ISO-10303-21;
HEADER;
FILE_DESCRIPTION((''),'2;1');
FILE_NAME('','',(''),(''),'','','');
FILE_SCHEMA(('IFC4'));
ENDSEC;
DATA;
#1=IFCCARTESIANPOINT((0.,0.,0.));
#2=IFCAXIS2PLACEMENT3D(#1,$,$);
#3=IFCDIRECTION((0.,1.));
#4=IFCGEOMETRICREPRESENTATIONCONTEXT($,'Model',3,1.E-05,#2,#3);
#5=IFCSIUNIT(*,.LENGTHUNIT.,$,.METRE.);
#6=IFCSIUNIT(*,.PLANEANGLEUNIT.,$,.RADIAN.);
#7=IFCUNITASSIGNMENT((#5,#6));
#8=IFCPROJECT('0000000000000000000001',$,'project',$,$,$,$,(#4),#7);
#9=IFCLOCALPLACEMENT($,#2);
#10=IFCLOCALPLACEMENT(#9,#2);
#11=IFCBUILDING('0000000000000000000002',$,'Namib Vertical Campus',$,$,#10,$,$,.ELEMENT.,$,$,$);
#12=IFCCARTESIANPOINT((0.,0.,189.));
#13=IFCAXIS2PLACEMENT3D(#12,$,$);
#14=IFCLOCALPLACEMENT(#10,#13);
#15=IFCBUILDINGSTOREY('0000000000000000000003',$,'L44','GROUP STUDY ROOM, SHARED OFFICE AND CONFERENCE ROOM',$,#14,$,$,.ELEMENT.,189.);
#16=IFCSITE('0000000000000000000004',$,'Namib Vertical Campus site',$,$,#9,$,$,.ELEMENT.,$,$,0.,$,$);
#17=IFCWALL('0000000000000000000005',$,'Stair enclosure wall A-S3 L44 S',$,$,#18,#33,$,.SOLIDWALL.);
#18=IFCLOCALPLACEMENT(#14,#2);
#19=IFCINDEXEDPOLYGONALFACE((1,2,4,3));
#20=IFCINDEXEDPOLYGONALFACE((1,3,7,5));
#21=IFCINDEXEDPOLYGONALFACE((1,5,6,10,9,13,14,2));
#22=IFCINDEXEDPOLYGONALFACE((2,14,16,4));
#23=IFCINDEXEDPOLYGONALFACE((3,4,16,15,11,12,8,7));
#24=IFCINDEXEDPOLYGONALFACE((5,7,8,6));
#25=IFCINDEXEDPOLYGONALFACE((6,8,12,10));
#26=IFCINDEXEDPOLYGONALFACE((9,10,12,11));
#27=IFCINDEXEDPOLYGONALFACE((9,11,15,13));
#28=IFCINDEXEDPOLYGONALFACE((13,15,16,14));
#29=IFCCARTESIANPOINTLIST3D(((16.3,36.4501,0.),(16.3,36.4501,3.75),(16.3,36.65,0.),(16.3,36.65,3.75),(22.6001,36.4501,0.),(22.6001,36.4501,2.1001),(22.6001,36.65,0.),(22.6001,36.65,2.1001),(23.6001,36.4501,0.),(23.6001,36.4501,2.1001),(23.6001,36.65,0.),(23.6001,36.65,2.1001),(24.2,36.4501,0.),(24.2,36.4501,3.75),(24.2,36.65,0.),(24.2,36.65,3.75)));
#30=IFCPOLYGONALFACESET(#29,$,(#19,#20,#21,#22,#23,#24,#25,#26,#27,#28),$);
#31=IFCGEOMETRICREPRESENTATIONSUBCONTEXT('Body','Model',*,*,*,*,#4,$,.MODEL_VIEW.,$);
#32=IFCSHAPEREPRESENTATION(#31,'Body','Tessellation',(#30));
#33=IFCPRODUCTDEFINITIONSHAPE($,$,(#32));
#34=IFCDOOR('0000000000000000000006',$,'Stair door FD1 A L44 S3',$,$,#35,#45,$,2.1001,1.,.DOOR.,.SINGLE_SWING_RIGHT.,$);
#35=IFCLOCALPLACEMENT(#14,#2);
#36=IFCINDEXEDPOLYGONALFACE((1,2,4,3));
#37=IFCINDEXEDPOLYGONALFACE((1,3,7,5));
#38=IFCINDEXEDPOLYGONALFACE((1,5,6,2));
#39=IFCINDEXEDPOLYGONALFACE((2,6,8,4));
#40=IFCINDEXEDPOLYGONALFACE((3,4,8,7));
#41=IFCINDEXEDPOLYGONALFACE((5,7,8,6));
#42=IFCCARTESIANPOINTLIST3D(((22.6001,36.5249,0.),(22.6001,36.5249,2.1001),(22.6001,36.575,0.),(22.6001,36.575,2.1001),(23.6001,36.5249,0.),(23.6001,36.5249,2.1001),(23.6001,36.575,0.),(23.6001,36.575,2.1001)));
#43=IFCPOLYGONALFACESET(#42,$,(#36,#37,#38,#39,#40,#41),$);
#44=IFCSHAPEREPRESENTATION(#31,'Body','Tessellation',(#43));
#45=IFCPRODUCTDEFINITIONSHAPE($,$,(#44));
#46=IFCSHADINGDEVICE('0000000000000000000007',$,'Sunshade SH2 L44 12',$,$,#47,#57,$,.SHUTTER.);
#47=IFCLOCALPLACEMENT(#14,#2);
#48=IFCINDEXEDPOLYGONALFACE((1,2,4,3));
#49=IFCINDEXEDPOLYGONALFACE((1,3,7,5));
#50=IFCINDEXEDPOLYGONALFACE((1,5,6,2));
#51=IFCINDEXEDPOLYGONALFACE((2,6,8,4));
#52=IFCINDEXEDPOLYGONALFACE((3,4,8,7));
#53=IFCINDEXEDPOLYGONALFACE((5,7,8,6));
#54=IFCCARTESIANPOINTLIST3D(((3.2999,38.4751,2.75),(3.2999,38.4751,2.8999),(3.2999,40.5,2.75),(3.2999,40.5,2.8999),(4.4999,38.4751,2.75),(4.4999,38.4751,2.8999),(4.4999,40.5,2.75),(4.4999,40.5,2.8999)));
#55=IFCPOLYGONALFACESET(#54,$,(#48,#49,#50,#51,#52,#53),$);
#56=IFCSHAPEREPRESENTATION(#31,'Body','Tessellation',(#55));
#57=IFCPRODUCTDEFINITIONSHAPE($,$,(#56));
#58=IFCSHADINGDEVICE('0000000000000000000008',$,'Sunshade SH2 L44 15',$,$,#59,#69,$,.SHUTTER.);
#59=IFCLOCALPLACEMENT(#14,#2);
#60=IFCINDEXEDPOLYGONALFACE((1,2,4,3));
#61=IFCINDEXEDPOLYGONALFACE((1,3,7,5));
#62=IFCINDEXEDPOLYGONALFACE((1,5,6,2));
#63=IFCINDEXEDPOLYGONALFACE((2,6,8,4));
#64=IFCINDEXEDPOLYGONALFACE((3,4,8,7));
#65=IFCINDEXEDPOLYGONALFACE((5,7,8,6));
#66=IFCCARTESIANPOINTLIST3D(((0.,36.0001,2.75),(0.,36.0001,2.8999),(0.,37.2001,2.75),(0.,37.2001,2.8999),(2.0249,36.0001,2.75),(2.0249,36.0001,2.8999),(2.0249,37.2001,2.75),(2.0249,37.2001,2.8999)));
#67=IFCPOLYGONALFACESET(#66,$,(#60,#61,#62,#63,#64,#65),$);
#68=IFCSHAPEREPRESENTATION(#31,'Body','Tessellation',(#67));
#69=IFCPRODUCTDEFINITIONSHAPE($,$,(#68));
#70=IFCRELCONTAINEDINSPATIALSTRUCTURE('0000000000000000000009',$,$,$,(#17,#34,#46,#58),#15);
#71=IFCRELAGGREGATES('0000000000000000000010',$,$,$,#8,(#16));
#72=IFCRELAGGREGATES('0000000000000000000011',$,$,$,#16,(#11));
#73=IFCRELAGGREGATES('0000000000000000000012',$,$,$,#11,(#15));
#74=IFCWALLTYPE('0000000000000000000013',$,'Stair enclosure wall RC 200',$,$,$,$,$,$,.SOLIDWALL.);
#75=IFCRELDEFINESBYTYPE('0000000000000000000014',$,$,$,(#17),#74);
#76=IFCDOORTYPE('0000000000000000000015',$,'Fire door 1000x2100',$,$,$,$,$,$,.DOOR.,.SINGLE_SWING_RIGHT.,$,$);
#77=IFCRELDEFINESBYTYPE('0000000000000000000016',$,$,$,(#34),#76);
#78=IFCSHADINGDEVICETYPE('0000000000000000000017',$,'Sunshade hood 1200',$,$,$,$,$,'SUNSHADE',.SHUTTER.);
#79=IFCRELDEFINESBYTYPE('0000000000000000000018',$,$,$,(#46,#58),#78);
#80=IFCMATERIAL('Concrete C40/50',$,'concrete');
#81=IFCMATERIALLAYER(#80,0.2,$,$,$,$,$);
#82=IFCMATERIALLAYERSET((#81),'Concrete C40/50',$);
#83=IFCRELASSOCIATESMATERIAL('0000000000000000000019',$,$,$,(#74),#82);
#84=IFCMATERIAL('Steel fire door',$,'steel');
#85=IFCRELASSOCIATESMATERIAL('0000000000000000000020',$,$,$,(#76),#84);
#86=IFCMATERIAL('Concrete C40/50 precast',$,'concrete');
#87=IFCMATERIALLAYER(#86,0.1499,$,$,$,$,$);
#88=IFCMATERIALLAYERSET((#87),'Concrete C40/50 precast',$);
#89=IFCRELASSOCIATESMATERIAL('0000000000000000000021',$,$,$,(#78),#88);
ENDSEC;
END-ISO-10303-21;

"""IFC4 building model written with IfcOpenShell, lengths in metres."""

from ifc_helpers import new_model, si_unit, direction, frame, frame_2d, origin, origin_2d, place, context, subcontext, project, spatial, rectangle, extrude, material, layer, layer_set, type_object, element, fill, save


model = new_model("IFC4")

# Units and contexts
model_context = context("Model", 3, precision=1e-05, world=origin(), true_north=direction((0.0, 1.0)))
body_context = subcontext(model_context, "Body", "Model", "MODEL_VIEW")
ifc_project = project(units=[si_unit("LENGTHUNIT", "METRE"), si_unit("PLANEANGLEUNIT", "RADIAN")], contexts=[model_context])

# Site, building, storey
site_placement = place(None, origin())
site = spatial("IfcSite", under=ifc_project, at=site_placement, Name="Namib Vertical Campus site", CompositionType="ELEMENT", RefElevation=0.0)
building_placement = place(site_placement, origin())
building = spatial("IfcBuilding", under=site, at=building_placement, Name="Namib Vertical Campus", CompositionType="ELEMENT")
storey_placement = place(building_placement, frame((0.0, 0.0, 189.0)))
storey = spatial("IfcBuildingStorey", under=building, at=storey_placement, Name="L44", Description="GROUP STUDY ROOM, SHARED OFFICE AND CONFERENCE ROOM", CompositionType="ELEMENT", Elevation=189.0)

# Wall, opening, door
ifc_material_1 = material(Name="Concrete C40/50", Category="concrete")
ifc_layer_1 = layer(ifc_material_1, 0.2)
ifc_layer_set_1 = layer_set([ifc_layer_1], Name="Concrete C40/50")
wall_type_1 = type_object("IfcWallType", Name="Stair enclosure wall RC 200", PredefinedType="SOLIDWALL", material=ifc_layer_set_1)
wall_1_placement = place(storey_placement, frame((16.3, 36.55, 0.0), z_axis=(0.0, 0.0, 1.0), x_axis=(1.0, 0.0, 0.0)))
wall_1 = element("IfcWall", 1, at=wall_1_placement, inside=storey, type_object=wall_type_1, Name="Stair enclosure wall A-S3 L44 S", PredefinedType="SOLIDWALL", context=body_context, shape_type="SweptSolid", body=[
    extrude(rectangle(XDim=7.8999, YDim=0.2, at=frame_2d((3.95, 0.0))), origin(), (0.0, 0.0, 1.0), 3.75),
])
opening_1_placement = place(wall_1_placement, frame((6.3, 0.0, 0.0)))
opening_1 = element("IfcOpeningElement", 2, at=opening_1_placement, cuts=wall_1, PredefinedType="OPENING", context=body_context, shape_type="SweptSolid", body=[
    extrude(rectangle(XDim=1.0, YDim=2.1001, at=frame_2d((0.5, 1.05))), frame((0.0, 0.1099, 0.0), z_axis=(0.0, -1.0, 0.0), x_axis=(1.0, 0.0, 0.0)), (0.0, 0.0, 1.0), 0.22),
])
ifc_material_2 = material(Name="Steel fire door", Category="steel")
door_type = type_object("IfcDoorType", Name="Fire door 1000x2100", OperationType="SINGLE_SWING_RIGHT", PredefinedType="DOOR", material=ifc_material_2)
door_placement = place(opening_1_placement, origin())
door = element("IfcDoor", 3, at=door_placement, inside=storey, type_object=door_type, Name="Stair door FD1 A L44 S3", OperationType="SINGLE_SWING_RIGHT", OverallHeight=2.1001, OverallWidth=1.0, PredefinedType="DOOR", context=body_context, shape_type="SweptSolid", body=[
    extrude(rectangle(XDim=1.0, YDim=2.1001, at=frame_2d((0.5, 1.05))), frame((0.0, 0.0249, 0.0), z_axis=(0.0, -1.0, 0.0), x_axis=(1.0, 0.0, 0.0)), (0.0, 0.0, 1.0), 0.05),
])
fill(opening_1, door)

# Shading devices
ifc_material_3 = material(Name="Concrete C40/50 precast", Category="concrete")
ifc_layer_2 = layer(ifc_material_3, 0.1499)
ifc_layer_set_2 = layer_set([ifc_layer_2], Name="Concrete C40/50 precast")
shading_device_type = type_object("IfcShadingDeviceType", Name="Sunshade hood 1200", ElementType="SUNSHADE", PredefinedType="SHUTTER", material=ifc_layer_set_2)
for number, where, z_axis, x_axis, name in (
    (4, (3.8999, 39.4875, 2.75), (0.0, 0.0, 1.0), (0.0, -1.0, 0.0), "Sunshade SH2 L44 12"),
    (5, (1.0125, 36.6001, 2.75), (0.0, 0.0, 1.0), (-1.0, 0.0, 0.0), "Sunshade SH2 L44 15"),
):
    element("IfcShadingDevice", number, at=place(storey_placement, frame(where, z_axis=z_axis, x_axis=x_axis)), inside=storey, type_object=shading_device_type, Name=name, PredefinedType="SHUTTER", context=body_context, shape_type="SweptSolid", body=[
        extrude(rectangle(XDim=2.0249, YDim=1.2, at=origin_2d()), origin(), (0.0, 0.0, 1.0), 0.1499),
    ])

save(model, "model.ifc")
